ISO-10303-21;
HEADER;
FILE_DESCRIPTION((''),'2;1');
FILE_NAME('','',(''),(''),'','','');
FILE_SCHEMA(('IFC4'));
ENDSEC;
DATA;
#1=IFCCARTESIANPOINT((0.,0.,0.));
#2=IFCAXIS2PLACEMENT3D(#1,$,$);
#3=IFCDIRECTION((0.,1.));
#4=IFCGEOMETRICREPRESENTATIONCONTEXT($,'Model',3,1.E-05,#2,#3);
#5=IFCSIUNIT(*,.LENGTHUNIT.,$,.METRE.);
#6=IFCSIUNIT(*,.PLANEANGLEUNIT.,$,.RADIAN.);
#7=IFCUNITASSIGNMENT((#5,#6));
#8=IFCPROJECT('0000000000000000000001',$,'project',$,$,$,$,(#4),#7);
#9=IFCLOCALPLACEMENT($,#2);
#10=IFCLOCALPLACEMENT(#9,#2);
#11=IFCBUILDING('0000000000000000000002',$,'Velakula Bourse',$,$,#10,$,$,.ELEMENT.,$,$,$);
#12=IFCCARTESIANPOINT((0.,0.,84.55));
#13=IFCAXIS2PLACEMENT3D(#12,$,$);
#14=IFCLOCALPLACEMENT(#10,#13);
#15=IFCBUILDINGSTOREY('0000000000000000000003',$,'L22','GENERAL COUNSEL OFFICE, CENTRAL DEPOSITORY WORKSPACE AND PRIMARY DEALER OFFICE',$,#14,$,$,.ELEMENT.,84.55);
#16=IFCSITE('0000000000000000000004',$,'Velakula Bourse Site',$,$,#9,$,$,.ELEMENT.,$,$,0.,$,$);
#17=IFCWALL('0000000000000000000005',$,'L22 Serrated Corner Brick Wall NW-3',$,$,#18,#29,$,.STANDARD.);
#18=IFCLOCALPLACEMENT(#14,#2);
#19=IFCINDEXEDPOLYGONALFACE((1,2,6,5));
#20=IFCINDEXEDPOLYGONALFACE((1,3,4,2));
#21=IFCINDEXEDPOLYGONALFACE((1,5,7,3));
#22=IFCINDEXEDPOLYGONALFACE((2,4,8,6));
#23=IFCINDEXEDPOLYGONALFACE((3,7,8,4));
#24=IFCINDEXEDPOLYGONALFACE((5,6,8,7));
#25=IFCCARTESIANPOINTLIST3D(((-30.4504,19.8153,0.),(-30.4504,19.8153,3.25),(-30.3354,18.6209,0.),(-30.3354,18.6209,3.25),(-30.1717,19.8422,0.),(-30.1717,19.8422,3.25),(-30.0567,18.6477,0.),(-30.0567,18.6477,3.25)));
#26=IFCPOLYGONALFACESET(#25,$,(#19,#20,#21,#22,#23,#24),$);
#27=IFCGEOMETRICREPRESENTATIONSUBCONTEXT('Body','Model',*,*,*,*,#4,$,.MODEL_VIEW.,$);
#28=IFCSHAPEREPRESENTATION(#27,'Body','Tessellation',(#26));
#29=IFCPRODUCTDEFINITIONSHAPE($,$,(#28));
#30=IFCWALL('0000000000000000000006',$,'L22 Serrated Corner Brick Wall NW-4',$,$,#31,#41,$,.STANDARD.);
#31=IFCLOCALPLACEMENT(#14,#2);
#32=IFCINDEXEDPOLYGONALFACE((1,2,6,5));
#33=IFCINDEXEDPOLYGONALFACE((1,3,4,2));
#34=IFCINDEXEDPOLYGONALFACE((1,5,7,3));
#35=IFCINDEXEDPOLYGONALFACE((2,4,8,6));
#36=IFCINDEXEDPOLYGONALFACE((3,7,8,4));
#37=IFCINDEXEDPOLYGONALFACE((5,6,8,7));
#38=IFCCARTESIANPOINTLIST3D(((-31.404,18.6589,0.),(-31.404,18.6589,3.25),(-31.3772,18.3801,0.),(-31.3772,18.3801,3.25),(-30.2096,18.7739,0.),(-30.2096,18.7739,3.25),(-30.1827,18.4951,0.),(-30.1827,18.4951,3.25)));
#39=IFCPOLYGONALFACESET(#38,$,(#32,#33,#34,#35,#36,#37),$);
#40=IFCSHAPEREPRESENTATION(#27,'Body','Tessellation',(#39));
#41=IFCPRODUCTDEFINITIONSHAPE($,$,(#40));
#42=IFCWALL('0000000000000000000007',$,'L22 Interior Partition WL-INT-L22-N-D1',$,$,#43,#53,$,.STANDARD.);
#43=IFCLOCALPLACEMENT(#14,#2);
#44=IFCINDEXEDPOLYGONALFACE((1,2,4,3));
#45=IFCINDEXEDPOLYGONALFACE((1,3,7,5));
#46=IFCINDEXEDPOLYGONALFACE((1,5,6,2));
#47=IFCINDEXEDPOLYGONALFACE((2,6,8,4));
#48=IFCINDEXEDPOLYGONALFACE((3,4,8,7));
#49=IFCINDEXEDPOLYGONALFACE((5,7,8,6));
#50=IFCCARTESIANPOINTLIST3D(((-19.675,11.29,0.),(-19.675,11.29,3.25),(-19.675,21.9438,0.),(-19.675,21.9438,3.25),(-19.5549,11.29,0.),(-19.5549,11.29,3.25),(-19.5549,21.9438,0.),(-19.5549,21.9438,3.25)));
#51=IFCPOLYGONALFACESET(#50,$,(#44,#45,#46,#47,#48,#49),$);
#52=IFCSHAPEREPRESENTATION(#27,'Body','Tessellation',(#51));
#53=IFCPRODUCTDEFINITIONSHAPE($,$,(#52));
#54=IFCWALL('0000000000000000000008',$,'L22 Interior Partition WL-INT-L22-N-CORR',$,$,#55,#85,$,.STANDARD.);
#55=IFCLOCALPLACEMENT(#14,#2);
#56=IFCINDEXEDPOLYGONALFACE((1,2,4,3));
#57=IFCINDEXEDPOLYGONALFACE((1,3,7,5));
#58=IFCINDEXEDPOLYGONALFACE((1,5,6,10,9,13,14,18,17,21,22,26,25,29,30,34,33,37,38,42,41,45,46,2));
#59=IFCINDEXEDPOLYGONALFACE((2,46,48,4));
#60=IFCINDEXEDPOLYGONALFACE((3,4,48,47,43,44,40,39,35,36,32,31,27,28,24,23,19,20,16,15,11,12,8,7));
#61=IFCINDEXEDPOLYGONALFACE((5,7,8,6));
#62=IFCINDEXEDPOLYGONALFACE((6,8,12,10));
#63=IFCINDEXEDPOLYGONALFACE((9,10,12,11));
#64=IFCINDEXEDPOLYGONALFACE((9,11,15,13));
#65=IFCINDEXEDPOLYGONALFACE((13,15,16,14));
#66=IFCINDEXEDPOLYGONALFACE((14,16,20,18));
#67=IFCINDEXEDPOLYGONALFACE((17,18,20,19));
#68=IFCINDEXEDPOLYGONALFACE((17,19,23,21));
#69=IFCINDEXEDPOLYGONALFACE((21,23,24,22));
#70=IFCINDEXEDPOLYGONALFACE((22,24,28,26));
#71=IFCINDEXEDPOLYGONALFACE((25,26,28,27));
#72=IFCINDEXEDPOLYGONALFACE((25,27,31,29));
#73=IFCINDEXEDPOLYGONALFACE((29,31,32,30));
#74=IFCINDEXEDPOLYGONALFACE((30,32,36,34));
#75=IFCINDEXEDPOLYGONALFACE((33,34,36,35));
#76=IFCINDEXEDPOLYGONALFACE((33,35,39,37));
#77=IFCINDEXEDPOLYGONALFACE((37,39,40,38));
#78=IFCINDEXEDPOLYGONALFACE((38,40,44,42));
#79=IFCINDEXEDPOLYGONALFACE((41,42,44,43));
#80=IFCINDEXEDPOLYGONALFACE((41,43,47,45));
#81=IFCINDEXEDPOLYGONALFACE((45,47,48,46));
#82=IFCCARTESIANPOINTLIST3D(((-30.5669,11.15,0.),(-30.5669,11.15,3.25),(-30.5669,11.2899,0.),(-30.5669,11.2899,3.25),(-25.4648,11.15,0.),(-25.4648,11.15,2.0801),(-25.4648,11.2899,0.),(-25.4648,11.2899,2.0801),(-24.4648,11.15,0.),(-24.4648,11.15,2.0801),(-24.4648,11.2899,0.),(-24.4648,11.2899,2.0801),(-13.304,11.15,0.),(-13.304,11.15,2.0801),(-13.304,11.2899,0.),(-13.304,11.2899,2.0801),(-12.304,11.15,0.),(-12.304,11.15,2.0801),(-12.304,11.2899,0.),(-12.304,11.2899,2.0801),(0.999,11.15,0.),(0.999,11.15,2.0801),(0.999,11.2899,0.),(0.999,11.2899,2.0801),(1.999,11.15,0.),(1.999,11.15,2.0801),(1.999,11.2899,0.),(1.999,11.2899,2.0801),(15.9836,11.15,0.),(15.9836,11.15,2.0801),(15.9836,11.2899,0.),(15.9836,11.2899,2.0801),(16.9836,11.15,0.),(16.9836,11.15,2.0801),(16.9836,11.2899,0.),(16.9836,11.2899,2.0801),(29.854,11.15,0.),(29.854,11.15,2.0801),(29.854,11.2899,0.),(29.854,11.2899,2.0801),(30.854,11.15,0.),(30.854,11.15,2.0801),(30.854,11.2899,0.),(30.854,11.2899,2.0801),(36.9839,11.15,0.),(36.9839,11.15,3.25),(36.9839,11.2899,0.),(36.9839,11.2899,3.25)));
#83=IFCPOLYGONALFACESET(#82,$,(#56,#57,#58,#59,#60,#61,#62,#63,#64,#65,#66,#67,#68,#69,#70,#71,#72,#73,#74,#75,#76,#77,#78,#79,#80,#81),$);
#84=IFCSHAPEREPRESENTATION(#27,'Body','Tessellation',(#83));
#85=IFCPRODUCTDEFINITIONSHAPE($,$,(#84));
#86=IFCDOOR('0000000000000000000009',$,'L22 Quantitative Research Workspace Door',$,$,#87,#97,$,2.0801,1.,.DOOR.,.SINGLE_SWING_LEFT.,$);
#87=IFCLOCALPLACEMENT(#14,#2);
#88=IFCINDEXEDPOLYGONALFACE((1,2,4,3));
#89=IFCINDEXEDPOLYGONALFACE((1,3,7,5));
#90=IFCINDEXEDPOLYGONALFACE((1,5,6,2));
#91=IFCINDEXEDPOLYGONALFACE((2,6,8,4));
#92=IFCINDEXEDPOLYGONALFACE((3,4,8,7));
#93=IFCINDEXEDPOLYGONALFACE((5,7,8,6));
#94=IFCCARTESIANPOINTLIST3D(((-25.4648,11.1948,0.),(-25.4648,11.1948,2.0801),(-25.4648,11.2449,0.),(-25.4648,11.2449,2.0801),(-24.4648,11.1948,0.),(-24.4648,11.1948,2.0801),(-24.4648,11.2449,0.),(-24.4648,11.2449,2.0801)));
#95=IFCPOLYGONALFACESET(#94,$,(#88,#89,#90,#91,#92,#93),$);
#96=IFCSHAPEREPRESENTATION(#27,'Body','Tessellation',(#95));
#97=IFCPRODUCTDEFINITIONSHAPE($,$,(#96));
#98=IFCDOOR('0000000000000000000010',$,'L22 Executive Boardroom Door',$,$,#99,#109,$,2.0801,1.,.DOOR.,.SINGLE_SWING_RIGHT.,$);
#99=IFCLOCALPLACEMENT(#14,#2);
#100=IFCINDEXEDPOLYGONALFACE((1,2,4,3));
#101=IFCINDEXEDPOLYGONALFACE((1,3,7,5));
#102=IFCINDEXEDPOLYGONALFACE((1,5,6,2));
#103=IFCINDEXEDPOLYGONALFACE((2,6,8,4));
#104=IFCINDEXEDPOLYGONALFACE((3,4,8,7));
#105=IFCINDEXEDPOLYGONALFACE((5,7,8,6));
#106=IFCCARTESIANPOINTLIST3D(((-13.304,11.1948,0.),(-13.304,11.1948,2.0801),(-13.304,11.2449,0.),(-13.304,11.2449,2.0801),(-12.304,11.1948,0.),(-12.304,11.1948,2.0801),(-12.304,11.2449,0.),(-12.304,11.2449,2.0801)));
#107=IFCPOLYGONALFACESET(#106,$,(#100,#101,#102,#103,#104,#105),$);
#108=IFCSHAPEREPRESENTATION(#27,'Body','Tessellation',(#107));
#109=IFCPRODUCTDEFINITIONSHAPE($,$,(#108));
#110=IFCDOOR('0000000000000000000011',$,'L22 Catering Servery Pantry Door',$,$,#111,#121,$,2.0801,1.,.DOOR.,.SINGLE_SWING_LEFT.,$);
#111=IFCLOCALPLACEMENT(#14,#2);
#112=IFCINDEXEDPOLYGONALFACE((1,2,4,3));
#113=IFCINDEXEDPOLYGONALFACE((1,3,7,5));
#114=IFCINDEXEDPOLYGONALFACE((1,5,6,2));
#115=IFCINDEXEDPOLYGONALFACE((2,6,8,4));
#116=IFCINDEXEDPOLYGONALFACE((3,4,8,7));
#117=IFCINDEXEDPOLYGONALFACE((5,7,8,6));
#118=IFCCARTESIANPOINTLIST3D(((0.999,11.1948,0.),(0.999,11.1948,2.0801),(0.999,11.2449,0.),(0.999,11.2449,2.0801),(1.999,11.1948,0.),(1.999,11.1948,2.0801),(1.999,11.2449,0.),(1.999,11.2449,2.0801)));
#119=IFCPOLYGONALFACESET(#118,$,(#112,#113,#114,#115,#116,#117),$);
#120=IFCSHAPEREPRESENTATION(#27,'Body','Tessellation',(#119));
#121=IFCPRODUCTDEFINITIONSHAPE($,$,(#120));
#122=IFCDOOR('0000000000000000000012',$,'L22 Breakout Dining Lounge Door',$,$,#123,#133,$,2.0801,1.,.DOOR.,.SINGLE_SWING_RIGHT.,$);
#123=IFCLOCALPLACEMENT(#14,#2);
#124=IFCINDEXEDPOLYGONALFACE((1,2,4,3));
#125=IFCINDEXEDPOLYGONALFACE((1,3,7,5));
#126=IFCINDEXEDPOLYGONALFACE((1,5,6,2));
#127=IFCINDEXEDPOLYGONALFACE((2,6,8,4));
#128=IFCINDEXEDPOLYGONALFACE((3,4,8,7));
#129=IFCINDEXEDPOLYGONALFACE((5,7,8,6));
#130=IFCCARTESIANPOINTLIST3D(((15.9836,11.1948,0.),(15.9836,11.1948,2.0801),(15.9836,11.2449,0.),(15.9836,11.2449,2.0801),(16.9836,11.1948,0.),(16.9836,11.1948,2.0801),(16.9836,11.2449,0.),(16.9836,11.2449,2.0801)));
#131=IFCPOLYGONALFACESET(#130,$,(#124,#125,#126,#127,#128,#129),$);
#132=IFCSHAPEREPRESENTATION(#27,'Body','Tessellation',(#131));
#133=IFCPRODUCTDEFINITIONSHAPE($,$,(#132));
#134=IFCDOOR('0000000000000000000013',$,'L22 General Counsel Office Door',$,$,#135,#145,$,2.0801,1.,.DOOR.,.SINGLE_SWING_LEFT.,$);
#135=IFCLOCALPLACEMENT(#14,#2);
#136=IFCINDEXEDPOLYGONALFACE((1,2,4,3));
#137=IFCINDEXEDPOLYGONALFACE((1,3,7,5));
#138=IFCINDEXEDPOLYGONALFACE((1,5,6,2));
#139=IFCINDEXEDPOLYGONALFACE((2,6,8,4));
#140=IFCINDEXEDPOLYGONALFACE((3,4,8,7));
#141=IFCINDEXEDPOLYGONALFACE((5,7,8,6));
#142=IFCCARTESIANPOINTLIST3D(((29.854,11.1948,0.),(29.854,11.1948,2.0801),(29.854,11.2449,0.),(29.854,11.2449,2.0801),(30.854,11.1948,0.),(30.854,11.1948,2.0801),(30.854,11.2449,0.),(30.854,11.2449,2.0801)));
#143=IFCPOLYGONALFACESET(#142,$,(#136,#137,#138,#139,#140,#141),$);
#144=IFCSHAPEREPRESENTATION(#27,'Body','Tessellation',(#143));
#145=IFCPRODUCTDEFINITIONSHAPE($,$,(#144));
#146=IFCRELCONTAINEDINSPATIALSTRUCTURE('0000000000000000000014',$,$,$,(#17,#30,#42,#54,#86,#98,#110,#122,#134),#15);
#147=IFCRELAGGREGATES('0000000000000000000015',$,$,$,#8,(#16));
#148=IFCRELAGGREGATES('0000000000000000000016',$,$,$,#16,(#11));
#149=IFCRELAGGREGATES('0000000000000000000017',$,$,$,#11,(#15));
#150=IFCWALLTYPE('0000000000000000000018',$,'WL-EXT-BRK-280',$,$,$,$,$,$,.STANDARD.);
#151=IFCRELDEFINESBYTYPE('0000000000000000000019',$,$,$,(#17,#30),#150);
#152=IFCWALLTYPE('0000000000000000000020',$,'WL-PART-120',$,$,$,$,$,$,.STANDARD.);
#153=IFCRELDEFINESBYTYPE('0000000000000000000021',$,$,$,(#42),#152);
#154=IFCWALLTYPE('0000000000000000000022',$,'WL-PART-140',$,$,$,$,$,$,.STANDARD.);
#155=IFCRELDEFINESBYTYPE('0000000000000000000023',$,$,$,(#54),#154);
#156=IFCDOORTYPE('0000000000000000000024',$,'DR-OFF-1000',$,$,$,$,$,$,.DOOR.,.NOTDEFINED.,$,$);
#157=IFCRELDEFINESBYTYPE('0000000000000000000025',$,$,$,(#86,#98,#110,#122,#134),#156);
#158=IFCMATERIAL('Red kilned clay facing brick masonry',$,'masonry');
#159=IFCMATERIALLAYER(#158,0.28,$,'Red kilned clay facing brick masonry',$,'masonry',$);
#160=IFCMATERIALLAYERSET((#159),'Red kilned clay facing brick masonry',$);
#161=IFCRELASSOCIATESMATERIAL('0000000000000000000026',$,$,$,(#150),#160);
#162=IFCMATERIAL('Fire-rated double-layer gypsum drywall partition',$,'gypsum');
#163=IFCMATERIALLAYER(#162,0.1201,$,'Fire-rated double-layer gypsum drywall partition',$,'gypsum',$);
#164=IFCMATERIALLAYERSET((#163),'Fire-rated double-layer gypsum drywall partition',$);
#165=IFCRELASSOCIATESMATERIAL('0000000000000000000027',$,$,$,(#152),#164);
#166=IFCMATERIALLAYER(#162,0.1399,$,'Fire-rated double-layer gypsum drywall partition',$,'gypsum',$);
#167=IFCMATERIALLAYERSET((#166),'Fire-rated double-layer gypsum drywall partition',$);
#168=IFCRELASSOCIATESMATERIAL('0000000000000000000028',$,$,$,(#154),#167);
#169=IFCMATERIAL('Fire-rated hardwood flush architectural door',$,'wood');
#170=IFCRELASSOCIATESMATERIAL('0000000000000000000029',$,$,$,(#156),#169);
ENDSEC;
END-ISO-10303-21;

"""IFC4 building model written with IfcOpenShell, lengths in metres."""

from ifc_helpers import new_model, si_unit, direction, frame, frame_2d, origin, place, context, subcontext, project, spatial, rectangle, extrude, material, layer, layer_set, type_object, element, fill, save


model = new_model("IFC4")

# Units and contexts
model_context = context("Model", 3, precision=1e-05, world=origin(), true_north=direction((0.0, 1.0)))
body_context = subcontext(model_context, "Body", "Model", "MODEL_VIEW")
ifc_project = project(units=[si_unit("LENGTHUNIT", "METRE"), si_unit("PLANEANGLEUNIT", "RADIAN")], contexts=[model_context])

# Site, building, storey
site_placement = place(None, origin())
site = spatial("IfcSite", under=ifc_project, at=site_placement, Name="Velakula Bourse Site", CompositionType="ELEMENT", RefElevation=0.0)
building_placement = place(site_placement, origin())
building = spatial("IfcBuilding", under=site, at=building_placement, Name="Velakula Bourse", CompositionType="ELEMENT")
storey_placement = place(building_placement, frame((0.0, 0.0, 84.55)))
storey = spatial("IfcBuildingStorey", under=building, at=storey_placement, Name="L22", Description="GENERAL COUNSEL OFFICE, CENTRAL DEPOSITORY WORKSPACE AND PRIMARY DEALER OFFICE", CompositionType="ELEMENT", Elevation=84.55)

# Shared definitions
ifc_material_1 = material(Name="Red kilned clay facing brick masonry", Category="masonry")
ifc_layer_1 = layer(ifc_material_1, 0.28, Name="Red kilned clay facing brick masonry", Category="masonry")
ifc_layer_set_1 = layer_set([ifc_layer_1], Name="Red kilned clay facing brick masonry")
wall_type_1 = type_object("IfcWallType", Name="WL-EXT-BRK-280", PredefinedType="STANDARD", material=ifc_layer_set_1)

# Walls
for number, where, z_axis, x_axis, name in (
    (1, (-30.311, 19.8289, 0.0), (0.0, 0.0, 1.0), (0.095836, -0.995397, 0.0), "L22 Serrated Corner Brick Wall NW-3"),
    (2, (-30.196, 18.6345, 0.0), (0.0, 0.0, 1.0), (-0.995397, -0.095836, 0.0), "L22 Serrated Corner Brick Wall NW-4"),
):
    element("IfcWall", number, at=place(storey_placement, frame(where, z_axis=z_axis, x_axis=x_axis)), inside=storey, type_object=wall_type_1, Name=name, PredefinedType="STANDARD", context=body_context, shape_type="SweptSolid", body=[
        extrude(rectangle(XDim=1.2, YDim=0.28, at=frame_2d((0.6001, 0.0))), origin(), (0.0, 0.0, 1.0), 3.25),
    ])
ifc_material_2 = material(Name="Fire-rated double-layer gypsum drywall partition", Category="gypsum")
ifc_layer_2 = layer(ifc_material_2, 0.1201, Name="Fire-rated double-layer gypsum drywall partition", Category="gypsum")
ifc_layer_set_2 = layer_set([ifc_layer_2], Name="Fire-rated double-layer gypsum drywall partition")
wall_type_2 = type_object("IfcWallType", Name="WL-PART-120", PredefinedType="STANDARD", material=ifc_layer_set_2)
wall_1_placement = place(storey_placement, frame((-19.615, 11.29, 0.0), z_axis=(0.0, 0.0, 1.0), x_axis=(0.0, 1.0, 0.0)))
element("IfcWall", 3, at=wall_1_placement, inside=storey, type_object=wall_type_2, Name="L22 Interior Partition WL-INT-L22-N-D1", PredefinedType="STANDARD", context=body_context, shape_type="SweptSolid", body=[
    extrude(rectangle(XDim=10.6538, YDim=0.1201, at=frame_2d((5.3269, 0.0))), origin(), (0.0, 0.0, 1.0), 3.25),
])

# Wall, openings, doors
ifc_layer_3 = layer(ifc_material_2, 0.1399, Name="Fire-rated double-layer gypsum drywall partition", Category="gypsum")
ifc_layer_set_3 = layer_set([ifc_layer_3], Name="Fire-rated double-layer gypsum drywall partition")
wall_type_3 = type_object("IfcWallType", Name="WL-PART-140", PredefinedType="STANDARD", material=ifc_layer_set_3)
wall_2_placement = place(storey_placement, frame((-30.5669, 11.22, 0.0), z_axis=(0.0, 0.0, 1.0), x_axis=(1.0, 0.0, 0.0)))
wall_2 = element("IfcWall", 4, at=wall_2_placement, inside=storey, type_object=wall_type_3, Name="L22 Interior Partition WL-INT-L22-N-CORR", PredefinedType="STANDARD", context=body_context, shape_type="SweptSolid", body=[
    extrude(rectangle(XDim=67.5508, YDim=0.1399, at=frame_2d((33.7754, 0.0))), origin(), (0.0, 0.0, 1.0), 3.25),
])
opening_1_placement = place(wall_2_placement, frame((5.1021, 0.0, 0.0)))
opening_1 = element("IfcOpeningElement", 5, at=opening_1_placement, cuts=wall_2, PredefinedType="OPENING", context=body_context, shape_type="SweptSolid", body=[
    extrude(rectangle(XDim=1.0, YDim=2.0801, at=frame_2d((0.5, 1.04))), frame((0.0, 0.0798, 0.0), z_axis=(0.0, -1.0, 0.0), x_axis=(1.0, 0.0, 0.0)), (0.0, 0.0, 1.0), 0.1599),
])
opening_2_placement = place(wall_2_placement, frame((17.2629, 0.0, 0.0)))
opening_2 = element("IfcOpeningElement", 6, at=opening_2_placement, cuts=wall_2, PredefinedType="OPENING", context=body_context, shape_type="SweptSolid", body=[
    extrude(rectangle(XDim=1.0, YDim=2.0801, at=frame_2d((0.5, 1.04))), frame((0.0, 0.0798, 0.0), z_axis=(0.0, -1.0, 0.0), x_axis=(1.0, 0.0, 0.0)), (0.0, 0.0, 1.0), 0.1599),
])
opening_3_placement = place(wall_2_placement, frame((31.5659, 0.0, 0.0)))
opening_3 = element("IfcOpeningElement", 7, at=opening_3_placement, cuts=wall_2, PredefinedType="OPENING", context=body_context, shape_type="SweptSolid", body=[
    extrude(rectangle(XDim=1.0, YDim=2.0801, at=frame_2d((0.5, 1.04))), frame((0.0, 0.0798, 0.0), z_axis=(0.0, -1.0, 0.0), x_axis=(1.0, 0.0, 0.0)), (0.0, 0.0, 1.0), 0.1599),
])
opening_4_placement = place(wall_2_placement, frame((46.5505, 0.0, 0.0)))
opening_4 = element("IfcOpeningElement", 8, at=opening_4_placement, cuts=wall_2, PredefinedType="OPENING", context=body_context, shape_type="SweptSolid", body=[
    extrude(rectangle(XDim=1.0, YDim=2.0801, at=frame_2d((0.5, 1.04))), frame((0.0, 0.0798, 0.0), z_axis=(0.0, -1.0, 0.0), x_axis=(1.0, 0.0, 0.0)), (0.0, 0.0, 1.0), 0.1599),
])
opening_5_placement = place(wall_2_placement, frame((60.4209, 0.0, 0.0)))
opening_5 = element("IfcOpeningElement", 9, at=opening_5_placement, cuts=wall_2, PredefinedType="OPENING", context=body_context, shape_type="SweptSolid", body=[
    extrude(rectangle(XDim=1.0, YDim=2.0801, at=frame_2d((0.5, 1.04))), frame((0.0, 0.0798, 0.0), z_axis=(0.0, -1.0, 0.0), x_axis=(1.0, 0.0, 0.0)), (0.0, 0.0, 1.0), 0.1599),
])
ifc_material_3 = material(Name="Fire-rated hardwood flush architectural door", Category="wood")
door_type = type_object("IfcDoorType", Name="DR-OFF-1000", OperationType="NOTDEFINED", PredefinedType="DOOR", material=ifc_material_3)
door_1_placement = place(opening_1_placement, origin())
door_1 = element("IfcDoor", 10, at=door_1_placement, inside=storey, type_object=door_type, Name="L22 Quantitative Research Workspace Door", OperationType="SINGLE_SWING_LEFT", OverallHeight=2.0801, OverallWidth=1.0, PredefinedType="DOOR", context=body_context, shape_type="SweptSolid", body=[
    extrude(rectangle(XDim=1.0, YDim=2.0801, at=frame_2d((0.5, 1.04))), frame((0.0, 0.0249, 0.0), z_axis=(0.0, -1.0, 0.0), x_axis=(1.0, 0.0, 0.0)), (0.0, 0.0, 1.0), 0.05),
])
fill(opening_1, door_1)
door_2_placement = place(opening_2_placement, origin())
door_2 = element("IfcDoor", 11, at=door_2_placement, inside=storey, type_object=door_type, Name="L22 Executive Boardroom Door", OperationType="SINGLE_SWING_RIGHT", OverallHeight=2.0801, OverallWidth=1.0, PredefinedType="DOOR", context=body_context, shape_type="SweptSolid", body=[
    extrude(rectangle(XDim=1.0, YDim=2.0801, at=frame_2d((0.5, 1.04))), frame((0.0, 0.0249, 0.0), z_axis=(0.0, -1.0, 0.0), x_axis=(1.0, 0.0, 0.0)), (0.0, 0.0, 1.0), 0.05),
])
fill(opening_2, door_2)
door_3_placement = place(opening_3_placement, origin())
door_3 = element("IfcDoor", 12, at=door_3_placement, inside=storey, type_object=door_type, Name="L22 Catering Servery Pantry Door", OperationType="SINGLE_SWING_LEFT", OverallHeight=2.0801, OverallWidth=1.0, PredefinedType="DOOR", context=body_context, shape_type="SweptSolid", body=[
    extrude(rectangle(XDim=1.0, YDim=2.0801, at=frame_2d((0.5, 1.04))), frame((0.0, 0.0249, 0.0), z_axis=(0.0, -1.0, 0.0), x_axis=(1.0, 0.0, 0.0)), (0.0, 0.0, 1.0), 0.05),
])
fill(opening_3, door_3)
door_4_placement = place(opening_4_placement, origin())
door_4 = element("IfcDoor", 13, at=door_4_placement, inside=storey, type_object=door_type, Name="L22 Breakout Dining Lounge Door", OperationType="SINGLE_SWING_RIGHT", OverallHeight=2.0801, OverallWidth=1.0, PredefinedType="DOOR", context=body_context, shape_type="SweptSolid", body=[
    extrude(rectangle(XDim=1.0, YDim=2.0801, at=frame_2d((0.5, 1.04))), frame((0.0, 0.0249, 0.0), z_axis=(0.0, -1.0, 0.0), x_axis=(1.0, 0.0, 0.0)), (0.0, 0.0, 1.0), 0.05),
])
fill(opening_4, door_4)
door_5_placement = place(opening_5_placement, origin())
door_5 = element("IfcDoor", 14, at=door_5_placement, inside=storey, type_object=door_type, Name="L22 General Counsel Office Door", OperationType="SINGLE_SWING_LEFT", OverallHeight=2.0801, OverallWidth=1.0, PredefinedType="DOOR", context=body_context, shape_type="SweptSolid", body=[
    extrude(rectangle(XDim=1.0, YDim=2.0801, at=frame_2d((0.5, 1.04))), frame((0.0, 0.0249, 0.0), z_axis=(0.0, -1.0, 0.0), x_axis=(1.0, 0.0, 0.0)), (0.0, 0.0, 1.0), 0.05),
])
fill(opening_5, door_5)

save(model, "model.ifc")
